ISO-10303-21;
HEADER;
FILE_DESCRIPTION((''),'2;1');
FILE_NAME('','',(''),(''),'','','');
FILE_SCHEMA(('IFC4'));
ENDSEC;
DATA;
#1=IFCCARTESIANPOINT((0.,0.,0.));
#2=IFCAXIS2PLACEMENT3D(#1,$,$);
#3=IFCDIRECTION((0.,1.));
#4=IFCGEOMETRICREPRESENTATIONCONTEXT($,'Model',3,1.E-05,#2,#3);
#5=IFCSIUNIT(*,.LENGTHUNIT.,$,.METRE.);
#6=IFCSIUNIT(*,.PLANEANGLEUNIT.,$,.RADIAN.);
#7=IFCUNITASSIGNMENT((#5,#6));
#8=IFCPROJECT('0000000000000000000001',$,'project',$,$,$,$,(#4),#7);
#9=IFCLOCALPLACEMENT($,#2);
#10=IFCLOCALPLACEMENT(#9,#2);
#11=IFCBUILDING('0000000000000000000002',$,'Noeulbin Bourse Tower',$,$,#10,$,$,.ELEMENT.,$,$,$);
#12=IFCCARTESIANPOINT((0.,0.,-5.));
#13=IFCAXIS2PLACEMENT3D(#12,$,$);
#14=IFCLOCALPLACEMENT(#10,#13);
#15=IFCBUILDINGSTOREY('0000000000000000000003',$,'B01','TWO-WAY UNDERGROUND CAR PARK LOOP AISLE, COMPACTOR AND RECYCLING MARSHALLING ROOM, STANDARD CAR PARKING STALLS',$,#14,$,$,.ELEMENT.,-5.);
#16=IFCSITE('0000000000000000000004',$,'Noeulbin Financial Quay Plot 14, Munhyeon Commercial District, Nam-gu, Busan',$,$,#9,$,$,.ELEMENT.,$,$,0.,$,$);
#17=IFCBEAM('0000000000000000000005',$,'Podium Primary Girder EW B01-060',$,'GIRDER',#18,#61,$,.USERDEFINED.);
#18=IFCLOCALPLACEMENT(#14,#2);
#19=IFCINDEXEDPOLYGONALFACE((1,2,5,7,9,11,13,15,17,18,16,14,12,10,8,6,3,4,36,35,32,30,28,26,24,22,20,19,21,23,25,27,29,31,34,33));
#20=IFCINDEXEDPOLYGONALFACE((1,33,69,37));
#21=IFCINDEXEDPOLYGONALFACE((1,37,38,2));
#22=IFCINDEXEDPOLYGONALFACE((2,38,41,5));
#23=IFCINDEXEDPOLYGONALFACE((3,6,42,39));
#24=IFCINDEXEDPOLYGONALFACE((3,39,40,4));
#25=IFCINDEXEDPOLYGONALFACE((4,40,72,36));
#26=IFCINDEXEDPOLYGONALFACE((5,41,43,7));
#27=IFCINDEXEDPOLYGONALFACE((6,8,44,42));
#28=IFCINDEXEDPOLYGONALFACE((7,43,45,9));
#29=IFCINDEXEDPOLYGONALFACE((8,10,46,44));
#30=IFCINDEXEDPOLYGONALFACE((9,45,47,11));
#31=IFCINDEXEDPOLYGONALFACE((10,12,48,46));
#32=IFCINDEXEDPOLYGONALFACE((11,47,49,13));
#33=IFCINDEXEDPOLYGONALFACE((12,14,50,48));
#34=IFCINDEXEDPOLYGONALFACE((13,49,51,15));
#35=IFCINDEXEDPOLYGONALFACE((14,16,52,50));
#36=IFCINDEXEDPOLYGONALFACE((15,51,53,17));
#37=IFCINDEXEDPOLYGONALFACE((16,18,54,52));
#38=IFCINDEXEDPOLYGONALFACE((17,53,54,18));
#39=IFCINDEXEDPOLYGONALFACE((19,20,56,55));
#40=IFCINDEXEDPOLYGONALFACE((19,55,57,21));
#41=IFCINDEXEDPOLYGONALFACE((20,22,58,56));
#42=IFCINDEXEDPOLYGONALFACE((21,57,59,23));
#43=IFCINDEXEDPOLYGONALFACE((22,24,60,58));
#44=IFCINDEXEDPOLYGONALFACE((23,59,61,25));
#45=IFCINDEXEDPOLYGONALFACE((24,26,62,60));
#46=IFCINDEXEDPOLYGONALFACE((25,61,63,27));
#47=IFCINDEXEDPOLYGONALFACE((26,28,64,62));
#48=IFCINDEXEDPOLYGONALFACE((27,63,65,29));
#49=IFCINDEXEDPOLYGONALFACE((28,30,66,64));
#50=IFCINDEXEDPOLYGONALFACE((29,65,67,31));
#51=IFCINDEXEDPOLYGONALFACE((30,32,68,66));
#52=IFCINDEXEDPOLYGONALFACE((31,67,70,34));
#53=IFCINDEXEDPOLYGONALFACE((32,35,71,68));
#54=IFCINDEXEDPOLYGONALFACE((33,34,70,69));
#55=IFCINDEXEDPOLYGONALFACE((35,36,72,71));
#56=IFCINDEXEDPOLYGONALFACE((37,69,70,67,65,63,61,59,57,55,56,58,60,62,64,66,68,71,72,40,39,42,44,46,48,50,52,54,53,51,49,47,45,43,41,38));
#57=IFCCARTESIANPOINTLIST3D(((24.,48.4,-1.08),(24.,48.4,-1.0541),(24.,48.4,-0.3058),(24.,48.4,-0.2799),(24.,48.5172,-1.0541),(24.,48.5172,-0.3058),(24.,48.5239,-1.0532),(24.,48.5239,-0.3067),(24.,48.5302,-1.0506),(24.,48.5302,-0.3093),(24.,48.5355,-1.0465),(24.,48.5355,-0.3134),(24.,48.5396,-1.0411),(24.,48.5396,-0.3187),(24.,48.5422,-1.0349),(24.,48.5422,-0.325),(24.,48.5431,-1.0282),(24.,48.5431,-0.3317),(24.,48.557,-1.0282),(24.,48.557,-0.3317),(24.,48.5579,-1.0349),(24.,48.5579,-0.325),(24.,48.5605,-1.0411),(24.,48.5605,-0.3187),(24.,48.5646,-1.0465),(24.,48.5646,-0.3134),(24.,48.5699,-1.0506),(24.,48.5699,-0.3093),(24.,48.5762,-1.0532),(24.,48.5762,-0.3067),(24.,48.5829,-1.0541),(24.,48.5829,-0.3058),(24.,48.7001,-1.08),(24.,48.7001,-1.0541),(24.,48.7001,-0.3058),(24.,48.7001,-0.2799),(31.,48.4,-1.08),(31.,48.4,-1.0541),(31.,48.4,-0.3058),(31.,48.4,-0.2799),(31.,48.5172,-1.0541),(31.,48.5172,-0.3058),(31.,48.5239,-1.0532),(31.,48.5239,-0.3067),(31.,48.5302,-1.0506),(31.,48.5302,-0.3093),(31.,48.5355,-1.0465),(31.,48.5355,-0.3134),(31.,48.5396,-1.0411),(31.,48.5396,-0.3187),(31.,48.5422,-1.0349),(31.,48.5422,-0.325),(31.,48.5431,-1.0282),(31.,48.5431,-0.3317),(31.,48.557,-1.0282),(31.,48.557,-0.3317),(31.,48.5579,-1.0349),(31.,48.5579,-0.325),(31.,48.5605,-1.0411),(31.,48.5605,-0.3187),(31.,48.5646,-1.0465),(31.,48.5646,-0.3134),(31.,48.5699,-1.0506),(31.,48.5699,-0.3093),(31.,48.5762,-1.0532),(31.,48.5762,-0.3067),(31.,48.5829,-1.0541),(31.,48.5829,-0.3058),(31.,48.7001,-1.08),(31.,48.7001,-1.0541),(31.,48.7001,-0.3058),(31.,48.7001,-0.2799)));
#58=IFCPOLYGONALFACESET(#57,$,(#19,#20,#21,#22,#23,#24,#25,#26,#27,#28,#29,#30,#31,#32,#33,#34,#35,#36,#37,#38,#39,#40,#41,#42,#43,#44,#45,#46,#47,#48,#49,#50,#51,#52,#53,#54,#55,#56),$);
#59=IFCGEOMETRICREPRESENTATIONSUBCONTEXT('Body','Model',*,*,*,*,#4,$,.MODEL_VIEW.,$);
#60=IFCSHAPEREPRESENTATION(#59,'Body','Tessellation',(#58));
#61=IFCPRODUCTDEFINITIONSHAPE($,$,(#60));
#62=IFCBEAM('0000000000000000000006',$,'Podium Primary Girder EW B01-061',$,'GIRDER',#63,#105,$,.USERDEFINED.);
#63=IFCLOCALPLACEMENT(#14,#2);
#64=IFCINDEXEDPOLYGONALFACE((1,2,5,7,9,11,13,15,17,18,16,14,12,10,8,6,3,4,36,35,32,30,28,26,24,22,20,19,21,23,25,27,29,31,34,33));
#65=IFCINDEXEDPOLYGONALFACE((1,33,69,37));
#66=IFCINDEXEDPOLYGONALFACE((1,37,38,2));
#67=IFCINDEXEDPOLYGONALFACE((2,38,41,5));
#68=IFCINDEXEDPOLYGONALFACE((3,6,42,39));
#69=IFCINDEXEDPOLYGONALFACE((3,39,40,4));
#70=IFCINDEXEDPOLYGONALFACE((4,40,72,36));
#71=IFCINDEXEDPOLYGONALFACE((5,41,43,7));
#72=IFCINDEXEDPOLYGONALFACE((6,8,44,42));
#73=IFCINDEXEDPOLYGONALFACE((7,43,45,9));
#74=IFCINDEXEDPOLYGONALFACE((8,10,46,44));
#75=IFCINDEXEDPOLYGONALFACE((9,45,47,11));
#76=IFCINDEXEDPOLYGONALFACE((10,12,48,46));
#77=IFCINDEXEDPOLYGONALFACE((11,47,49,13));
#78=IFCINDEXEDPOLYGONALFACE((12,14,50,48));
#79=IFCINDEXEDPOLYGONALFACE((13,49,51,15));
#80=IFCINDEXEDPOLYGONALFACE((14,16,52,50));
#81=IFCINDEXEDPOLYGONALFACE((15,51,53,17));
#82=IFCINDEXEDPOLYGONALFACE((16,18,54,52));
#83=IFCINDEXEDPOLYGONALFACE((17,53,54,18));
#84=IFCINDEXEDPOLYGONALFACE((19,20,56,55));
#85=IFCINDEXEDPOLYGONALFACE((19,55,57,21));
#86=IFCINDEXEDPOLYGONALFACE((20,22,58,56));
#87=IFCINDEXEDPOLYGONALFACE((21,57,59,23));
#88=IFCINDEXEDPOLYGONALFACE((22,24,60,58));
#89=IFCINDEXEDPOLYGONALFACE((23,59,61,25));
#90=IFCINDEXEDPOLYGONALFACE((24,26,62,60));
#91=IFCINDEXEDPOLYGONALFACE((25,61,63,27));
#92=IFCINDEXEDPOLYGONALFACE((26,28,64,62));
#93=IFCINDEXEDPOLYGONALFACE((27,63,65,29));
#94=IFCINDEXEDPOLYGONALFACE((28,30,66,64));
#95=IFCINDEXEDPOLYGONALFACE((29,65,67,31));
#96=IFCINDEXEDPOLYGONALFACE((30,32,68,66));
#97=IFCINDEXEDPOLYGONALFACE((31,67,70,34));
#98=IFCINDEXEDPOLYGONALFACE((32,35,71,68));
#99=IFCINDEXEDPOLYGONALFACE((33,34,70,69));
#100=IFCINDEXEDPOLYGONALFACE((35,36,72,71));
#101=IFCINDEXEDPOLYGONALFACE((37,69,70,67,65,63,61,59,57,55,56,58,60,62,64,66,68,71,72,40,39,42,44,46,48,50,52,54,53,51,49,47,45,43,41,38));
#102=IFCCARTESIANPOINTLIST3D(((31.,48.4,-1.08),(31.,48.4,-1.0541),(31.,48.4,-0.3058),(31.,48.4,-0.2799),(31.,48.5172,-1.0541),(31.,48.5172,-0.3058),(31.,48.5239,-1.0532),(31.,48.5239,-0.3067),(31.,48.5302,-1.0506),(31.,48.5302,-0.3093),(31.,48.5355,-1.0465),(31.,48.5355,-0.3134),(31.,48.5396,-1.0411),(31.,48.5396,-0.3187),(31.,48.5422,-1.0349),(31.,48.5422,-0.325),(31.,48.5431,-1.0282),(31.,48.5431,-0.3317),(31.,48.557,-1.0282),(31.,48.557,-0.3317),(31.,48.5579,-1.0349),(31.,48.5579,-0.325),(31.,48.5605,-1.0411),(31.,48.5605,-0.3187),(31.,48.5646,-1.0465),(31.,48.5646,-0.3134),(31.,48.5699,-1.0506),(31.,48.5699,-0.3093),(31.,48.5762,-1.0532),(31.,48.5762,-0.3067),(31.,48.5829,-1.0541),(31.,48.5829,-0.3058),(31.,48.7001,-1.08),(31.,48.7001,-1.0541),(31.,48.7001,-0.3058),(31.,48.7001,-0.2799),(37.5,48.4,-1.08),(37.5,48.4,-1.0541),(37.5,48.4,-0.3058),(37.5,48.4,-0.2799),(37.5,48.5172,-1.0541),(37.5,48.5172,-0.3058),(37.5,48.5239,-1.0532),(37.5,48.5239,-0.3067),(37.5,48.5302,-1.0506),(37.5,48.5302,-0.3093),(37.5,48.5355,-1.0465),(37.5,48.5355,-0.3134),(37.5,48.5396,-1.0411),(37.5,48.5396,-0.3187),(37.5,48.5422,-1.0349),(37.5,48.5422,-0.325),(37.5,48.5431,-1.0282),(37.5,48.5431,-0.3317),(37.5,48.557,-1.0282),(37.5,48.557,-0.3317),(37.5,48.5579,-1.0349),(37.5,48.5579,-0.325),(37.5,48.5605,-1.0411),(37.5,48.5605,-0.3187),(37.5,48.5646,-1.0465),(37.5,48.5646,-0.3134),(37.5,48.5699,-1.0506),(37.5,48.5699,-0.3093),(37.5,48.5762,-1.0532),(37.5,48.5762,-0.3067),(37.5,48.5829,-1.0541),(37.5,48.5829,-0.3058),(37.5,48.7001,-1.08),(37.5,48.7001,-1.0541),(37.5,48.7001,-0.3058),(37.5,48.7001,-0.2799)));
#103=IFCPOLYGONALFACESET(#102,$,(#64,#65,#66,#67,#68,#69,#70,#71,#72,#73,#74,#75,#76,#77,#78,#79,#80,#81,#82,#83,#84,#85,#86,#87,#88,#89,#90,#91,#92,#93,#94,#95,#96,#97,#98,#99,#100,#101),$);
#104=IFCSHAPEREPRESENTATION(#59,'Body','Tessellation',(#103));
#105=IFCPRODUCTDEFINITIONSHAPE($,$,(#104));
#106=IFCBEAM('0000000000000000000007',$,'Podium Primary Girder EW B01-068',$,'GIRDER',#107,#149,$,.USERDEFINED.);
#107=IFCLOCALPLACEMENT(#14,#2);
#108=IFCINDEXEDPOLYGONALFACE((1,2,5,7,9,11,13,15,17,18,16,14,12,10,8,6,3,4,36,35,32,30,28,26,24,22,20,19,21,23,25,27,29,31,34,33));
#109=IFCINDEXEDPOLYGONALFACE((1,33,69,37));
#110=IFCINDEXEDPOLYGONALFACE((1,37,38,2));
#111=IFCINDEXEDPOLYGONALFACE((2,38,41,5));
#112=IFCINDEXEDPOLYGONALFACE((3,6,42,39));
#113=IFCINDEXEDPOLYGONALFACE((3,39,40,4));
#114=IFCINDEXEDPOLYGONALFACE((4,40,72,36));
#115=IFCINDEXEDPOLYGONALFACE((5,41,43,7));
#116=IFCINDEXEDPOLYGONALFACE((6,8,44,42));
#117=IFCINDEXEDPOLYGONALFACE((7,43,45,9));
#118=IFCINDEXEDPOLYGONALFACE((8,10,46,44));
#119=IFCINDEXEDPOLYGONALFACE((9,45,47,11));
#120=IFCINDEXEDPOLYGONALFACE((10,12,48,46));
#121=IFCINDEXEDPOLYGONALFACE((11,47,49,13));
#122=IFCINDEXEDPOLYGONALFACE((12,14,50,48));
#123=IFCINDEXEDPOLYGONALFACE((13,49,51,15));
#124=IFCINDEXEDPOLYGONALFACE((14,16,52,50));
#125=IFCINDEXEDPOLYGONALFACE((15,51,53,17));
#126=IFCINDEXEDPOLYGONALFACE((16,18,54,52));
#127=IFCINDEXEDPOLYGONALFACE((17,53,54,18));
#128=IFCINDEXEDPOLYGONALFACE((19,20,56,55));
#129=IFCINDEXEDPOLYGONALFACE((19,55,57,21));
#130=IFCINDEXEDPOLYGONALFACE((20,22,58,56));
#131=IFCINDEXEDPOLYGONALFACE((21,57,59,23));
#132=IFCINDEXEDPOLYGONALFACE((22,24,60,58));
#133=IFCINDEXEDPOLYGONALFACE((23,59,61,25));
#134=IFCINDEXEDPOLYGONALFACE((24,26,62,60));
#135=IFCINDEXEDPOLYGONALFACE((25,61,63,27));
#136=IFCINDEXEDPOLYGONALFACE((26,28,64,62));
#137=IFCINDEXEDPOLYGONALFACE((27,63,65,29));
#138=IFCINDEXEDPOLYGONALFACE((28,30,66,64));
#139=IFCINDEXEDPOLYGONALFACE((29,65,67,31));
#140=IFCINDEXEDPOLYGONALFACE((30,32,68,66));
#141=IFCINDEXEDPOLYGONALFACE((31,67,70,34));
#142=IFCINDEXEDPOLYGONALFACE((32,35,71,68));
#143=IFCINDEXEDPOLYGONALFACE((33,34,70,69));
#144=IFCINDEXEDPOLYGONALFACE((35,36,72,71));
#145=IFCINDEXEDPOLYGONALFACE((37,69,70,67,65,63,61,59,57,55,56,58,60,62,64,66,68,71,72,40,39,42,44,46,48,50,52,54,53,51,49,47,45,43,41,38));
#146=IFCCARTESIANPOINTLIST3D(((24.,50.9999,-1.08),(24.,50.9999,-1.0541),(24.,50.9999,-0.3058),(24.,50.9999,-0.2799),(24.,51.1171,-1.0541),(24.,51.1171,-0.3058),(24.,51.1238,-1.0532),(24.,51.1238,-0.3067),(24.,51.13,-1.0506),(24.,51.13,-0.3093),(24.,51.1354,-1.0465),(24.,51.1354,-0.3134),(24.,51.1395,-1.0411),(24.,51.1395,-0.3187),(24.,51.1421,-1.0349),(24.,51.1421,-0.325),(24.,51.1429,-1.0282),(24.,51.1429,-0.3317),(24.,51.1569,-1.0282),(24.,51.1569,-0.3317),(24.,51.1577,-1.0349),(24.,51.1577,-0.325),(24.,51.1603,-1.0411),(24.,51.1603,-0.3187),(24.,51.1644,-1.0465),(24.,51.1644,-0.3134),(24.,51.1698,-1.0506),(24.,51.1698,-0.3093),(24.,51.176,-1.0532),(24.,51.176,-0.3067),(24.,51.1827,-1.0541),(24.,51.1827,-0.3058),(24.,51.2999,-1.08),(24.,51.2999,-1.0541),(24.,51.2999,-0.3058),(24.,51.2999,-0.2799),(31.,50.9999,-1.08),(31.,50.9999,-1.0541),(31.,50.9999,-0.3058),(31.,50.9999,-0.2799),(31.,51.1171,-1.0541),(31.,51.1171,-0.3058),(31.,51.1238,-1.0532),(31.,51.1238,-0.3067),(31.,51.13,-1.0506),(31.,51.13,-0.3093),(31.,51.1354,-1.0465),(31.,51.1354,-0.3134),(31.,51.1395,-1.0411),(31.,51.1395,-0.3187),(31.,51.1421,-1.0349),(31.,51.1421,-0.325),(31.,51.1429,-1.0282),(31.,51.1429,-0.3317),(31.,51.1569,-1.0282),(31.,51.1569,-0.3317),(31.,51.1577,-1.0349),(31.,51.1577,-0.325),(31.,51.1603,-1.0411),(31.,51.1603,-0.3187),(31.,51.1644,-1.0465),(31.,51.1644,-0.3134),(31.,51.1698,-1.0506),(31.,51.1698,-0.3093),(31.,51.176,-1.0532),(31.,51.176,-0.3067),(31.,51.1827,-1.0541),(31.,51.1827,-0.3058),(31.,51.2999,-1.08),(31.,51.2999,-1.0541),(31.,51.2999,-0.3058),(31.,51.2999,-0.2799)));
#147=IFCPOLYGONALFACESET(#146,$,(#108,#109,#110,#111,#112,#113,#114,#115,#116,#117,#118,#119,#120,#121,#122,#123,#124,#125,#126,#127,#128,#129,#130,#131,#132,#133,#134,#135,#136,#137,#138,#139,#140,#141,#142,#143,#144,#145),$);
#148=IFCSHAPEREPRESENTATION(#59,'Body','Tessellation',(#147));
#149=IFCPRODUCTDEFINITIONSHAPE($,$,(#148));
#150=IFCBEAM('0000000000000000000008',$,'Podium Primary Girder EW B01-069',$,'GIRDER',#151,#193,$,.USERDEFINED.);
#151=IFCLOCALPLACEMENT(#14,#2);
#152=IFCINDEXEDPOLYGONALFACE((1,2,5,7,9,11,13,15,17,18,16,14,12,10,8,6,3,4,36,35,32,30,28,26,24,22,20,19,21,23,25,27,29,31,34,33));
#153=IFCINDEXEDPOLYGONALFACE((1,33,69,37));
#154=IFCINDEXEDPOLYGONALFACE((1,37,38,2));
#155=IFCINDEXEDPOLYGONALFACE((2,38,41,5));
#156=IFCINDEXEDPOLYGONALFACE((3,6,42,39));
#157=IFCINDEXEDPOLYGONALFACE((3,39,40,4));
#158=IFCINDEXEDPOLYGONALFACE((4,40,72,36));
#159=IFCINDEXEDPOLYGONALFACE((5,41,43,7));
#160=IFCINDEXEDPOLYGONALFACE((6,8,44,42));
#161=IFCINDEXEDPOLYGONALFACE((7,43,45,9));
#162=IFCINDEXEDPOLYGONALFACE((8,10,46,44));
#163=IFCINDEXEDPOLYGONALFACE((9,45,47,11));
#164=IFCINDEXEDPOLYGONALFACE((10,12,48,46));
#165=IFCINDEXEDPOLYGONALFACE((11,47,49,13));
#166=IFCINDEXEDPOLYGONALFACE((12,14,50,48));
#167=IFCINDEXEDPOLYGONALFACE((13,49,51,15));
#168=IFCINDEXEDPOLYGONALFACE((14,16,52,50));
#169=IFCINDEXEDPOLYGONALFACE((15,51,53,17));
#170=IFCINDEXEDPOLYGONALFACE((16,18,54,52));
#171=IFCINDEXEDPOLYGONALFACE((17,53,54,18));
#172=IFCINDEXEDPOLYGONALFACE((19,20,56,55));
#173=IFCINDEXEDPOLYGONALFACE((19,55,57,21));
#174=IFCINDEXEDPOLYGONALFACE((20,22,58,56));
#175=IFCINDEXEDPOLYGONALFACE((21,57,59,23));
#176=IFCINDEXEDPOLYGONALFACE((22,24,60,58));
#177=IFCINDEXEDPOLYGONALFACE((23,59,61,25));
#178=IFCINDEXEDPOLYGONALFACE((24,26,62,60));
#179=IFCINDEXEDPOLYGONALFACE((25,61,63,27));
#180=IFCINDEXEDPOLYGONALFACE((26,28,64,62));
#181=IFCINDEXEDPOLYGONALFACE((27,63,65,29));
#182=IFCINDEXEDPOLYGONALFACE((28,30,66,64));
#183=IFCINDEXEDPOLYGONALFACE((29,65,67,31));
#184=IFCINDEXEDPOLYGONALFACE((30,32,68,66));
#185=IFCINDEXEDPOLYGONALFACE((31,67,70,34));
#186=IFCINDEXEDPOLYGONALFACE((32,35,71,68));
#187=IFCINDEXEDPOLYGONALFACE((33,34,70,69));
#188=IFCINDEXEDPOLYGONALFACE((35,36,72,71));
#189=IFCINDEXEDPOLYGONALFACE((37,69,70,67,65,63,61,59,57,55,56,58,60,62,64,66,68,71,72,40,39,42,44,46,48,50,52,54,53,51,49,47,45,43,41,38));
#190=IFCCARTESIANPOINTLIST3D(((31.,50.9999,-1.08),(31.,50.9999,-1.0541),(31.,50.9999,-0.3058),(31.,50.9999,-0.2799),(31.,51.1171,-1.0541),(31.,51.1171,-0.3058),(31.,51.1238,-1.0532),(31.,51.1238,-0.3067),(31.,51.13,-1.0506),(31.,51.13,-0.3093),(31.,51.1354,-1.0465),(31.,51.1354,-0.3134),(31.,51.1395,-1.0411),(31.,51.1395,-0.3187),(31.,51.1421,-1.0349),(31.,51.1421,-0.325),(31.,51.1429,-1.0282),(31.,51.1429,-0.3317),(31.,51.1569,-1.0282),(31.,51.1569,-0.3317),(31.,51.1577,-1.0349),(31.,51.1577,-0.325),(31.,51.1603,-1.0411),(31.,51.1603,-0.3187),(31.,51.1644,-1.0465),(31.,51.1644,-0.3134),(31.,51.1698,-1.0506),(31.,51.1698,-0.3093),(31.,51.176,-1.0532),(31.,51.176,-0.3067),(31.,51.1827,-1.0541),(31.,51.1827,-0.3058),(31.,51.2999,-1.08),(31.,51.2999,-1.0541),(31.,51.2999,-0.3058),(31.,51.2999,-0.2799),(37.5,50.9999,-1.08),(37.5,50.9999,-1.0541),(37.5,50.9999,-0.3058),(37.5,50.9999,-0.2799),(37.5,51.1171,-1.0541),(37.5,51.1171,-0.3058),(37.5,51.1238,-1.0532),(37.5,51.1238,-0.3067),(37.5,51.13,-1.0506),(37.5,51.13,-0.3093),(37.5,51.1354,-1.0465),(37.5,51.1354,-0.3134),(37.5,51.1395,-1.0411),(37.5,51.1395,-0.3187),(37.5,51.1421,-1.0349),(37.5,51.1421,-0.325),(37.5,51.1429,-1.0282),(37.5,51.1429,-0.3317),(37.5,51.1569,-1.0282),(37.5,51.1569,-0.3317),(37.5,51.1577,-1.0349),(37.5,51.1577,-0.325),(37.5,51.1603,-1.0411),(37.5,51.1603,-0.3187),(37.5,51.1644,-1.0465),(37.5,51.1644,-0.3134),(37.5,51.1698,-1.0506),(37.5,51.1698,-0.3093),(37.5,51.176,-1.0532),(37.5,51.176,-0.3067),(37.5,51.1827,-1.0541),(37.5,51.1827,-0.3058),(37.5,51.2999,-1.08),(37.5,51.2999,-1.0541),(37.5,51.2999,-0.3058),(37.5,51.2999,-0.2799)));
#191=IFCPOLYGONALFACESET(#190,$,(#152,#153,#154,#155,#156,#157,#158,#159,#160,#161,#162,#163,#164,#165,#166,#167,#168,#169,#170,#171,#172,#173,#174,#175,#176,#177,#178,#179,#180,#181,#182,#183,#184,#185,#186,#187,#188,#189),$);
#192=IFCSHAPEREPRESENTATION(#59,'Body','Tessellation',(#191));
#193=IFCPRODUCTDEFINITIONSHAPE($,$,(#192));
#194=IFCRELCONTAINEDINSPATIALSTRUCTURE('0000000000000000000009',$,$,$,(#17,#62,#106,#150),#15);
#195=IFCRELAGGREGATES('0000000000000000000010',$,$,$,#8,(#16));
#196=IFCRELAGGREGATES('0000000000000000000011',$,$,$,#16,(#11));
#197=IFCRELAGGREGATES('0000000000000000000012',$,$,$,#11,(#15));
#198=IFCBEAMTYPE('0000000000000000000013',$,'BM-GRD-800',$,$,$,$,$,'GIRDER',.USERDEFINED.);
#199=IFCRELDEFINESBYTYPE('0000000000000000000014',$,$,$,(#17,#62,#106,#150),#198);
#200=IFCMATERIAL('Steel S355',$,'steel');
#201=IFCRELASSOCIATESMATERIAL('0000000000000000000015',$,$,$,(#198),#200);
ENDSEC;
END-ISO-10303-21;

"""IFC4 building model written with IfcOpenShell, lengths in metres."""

from ifc_helpers import new_model, si_unit, direction, frame, origin, origin_2d, place, context, subcontext, project, spatial, i_section, extrude, material, material_profile, profile_set, type_object, element, save


model = new_model("IFC4")

# Units and contexts
model_context = context("Model", 3, precision=1e-05, world=origin(), true_north=direction((0.0, 1.0)))
body_context = subcontext(model_context, "Body", "Model", "MODEL_VIEW")
ifc_project = project(units=[si_unit("LENGTHUNIT", "METRE"), si_unit("PLANEANGLEUNIT", "RADIAN")], contexts=[model_context])

# Site, building, storey
site_placement = place(None, origin())
site = spatial("IfcSite", under=ifc_project, at=site_placement, Name="Noeulbin Financial Quay Plot 14, Munhyeon Commercial District, Nam-gu, Busan", CompositionType="ELEMENT", RefElevation=0.0)
building_placement = place(site_placement, origin())
building = spatial("IfcBuilding", under=site, at=building_placement, Name="Noeulbin Bourse Tower", CompositionType="ELEMENT")
storey_placement = place(building_placement, frame((0.0, 0.0, -5.0)))
storey = spatial("IfcBuildingStorey", under=building, at=storey_placement, Name="B01", Description="TWO-WAY UNDERGROUND CAR PARK LOOP AISLE, COMPACTOR AND RECYCLING MARSHALLING ROOM, STANDARD CAR PARKING STALLS", CompositionType="ELEMENT", Elevation=-5.0)

# Beams
ifc_material_1 = material(Name="Steel S355", Category="steel")
ifc_material_profile_1 = material_profile(ifc_material_1, i_section(OverallWidth=0.3, OverallDepth=0.8, WebThickness=0.0139, FlangeThickness=0.0259, FilletRadius=0.0259, at=origin_2d()), Name="H-800x300x14x26", Category="LoadBearing")
ifc_profile_set_1 = profile_set([ifc_material_profile_1], Name="Steel S355")
beam_type_1 = type_object("IfcBeamType", Name="BM-GRD-800", ElementType="GIRDER", PredefinedType="USERDEFINED", material=ifc_profile_set_1)
beam_1_placement = place(storey_placement, frame((24.0, 48.55, -0.6799), z_axis=(1.0, 0.0, 0.0), x_axis=(0.0, 1.0, 0.0)))
element("IfcBeam", 1, at=beam_1_placement, inside=storey, type_object=beam_type_1, Name="Podium Primary Girder EW B01-060", ObjectType="GIRDER", PredefinedType="USERDEFINED", context=body_context, shape_type="SweptSolid", body=[
    extrude(i_section(OverallWidth=0.3, OverallDepth=0.8, WebThickness=0.0139, FlangeThickness=0.0259, FilletRadius=0.0259, at=origin_2d()), origin(), (0.0, 0.0, 1.0), 7.0),
])
beam_2_placement = place(storey_placement, frame((31.0, 48.55, -0.6799), z_axis=(1.0, 0.0, 0.0), x_axis=(0.0, 1.0, 0.0)))
element("IfcBeam", 2, at=beam_2_placement, inside=storey, type_object=beam_type_1, Name="Podium Primary Girder EW B01-061", ObjectType="GIRDER", PredefinedType="USERDEFINED", context=body_context, shape_type="SweptSolid", body=[
    extrude(i_section(OverallWidth=0.3, OverallDepth=0.8, WebThickness=0.0139, FlangeThickness=0.0259, FilletRadius=0.0259, at=origin_2d()), origin(), (0.0, 0.0, 1.0), 6.5),
])
beam_3_placement = place(storey_placement, frame((24.0, 51.1499, -0.6799), z_axis=(1.0, 0.0, 0.0), x_axis=(0.0, 1.0, 0.0)))
element("IfcBeam", 3, at=beam_3_placement, inside=storey, type_object=beam_type_1, Name="Podium Primary Girder EW B01-068", ObjectType="GIRDER", PredefinedType="USERDEFINED", context=body_context, shape_type="SweptSolid", body=[
    extrude(i_section(OverallWidth=0.3, OverallDepth=0.8, WebThickness=0.0139, FlangeThickness=0.0259, FilletRadius=0.0259, at=origin_2d()), origin(), (0.0, 0.0, 1.0), 7.0),
])
beam_4_placement = place(storey_placement, frame((31.0, 51.1499, -0.6799), z_axis=(1.0, 0.0, 0.0), x_axis=(0.0, 1.0, 0.0)))
element("IfcBeam", 4, at=beam_4_placement, inside=storey, type_object=beam_type_1, Name="Podium Primary Girder EW B01-069", ObjectType="GIRDER", PredefinedType="USERDEFINED", context=body_context, shape_type="SweptSolid", body=[
    extrude(i_section(OverallWidth=0.3, OverallDepth=0.8, WebThickness=0.0139, FlangeThickness=0.0259, FilletRadius=0.0259, at=origin_2d()), origin(), (0.0, 0.0, 1.0), 6.5),
])

save(model, "model.ifc")
